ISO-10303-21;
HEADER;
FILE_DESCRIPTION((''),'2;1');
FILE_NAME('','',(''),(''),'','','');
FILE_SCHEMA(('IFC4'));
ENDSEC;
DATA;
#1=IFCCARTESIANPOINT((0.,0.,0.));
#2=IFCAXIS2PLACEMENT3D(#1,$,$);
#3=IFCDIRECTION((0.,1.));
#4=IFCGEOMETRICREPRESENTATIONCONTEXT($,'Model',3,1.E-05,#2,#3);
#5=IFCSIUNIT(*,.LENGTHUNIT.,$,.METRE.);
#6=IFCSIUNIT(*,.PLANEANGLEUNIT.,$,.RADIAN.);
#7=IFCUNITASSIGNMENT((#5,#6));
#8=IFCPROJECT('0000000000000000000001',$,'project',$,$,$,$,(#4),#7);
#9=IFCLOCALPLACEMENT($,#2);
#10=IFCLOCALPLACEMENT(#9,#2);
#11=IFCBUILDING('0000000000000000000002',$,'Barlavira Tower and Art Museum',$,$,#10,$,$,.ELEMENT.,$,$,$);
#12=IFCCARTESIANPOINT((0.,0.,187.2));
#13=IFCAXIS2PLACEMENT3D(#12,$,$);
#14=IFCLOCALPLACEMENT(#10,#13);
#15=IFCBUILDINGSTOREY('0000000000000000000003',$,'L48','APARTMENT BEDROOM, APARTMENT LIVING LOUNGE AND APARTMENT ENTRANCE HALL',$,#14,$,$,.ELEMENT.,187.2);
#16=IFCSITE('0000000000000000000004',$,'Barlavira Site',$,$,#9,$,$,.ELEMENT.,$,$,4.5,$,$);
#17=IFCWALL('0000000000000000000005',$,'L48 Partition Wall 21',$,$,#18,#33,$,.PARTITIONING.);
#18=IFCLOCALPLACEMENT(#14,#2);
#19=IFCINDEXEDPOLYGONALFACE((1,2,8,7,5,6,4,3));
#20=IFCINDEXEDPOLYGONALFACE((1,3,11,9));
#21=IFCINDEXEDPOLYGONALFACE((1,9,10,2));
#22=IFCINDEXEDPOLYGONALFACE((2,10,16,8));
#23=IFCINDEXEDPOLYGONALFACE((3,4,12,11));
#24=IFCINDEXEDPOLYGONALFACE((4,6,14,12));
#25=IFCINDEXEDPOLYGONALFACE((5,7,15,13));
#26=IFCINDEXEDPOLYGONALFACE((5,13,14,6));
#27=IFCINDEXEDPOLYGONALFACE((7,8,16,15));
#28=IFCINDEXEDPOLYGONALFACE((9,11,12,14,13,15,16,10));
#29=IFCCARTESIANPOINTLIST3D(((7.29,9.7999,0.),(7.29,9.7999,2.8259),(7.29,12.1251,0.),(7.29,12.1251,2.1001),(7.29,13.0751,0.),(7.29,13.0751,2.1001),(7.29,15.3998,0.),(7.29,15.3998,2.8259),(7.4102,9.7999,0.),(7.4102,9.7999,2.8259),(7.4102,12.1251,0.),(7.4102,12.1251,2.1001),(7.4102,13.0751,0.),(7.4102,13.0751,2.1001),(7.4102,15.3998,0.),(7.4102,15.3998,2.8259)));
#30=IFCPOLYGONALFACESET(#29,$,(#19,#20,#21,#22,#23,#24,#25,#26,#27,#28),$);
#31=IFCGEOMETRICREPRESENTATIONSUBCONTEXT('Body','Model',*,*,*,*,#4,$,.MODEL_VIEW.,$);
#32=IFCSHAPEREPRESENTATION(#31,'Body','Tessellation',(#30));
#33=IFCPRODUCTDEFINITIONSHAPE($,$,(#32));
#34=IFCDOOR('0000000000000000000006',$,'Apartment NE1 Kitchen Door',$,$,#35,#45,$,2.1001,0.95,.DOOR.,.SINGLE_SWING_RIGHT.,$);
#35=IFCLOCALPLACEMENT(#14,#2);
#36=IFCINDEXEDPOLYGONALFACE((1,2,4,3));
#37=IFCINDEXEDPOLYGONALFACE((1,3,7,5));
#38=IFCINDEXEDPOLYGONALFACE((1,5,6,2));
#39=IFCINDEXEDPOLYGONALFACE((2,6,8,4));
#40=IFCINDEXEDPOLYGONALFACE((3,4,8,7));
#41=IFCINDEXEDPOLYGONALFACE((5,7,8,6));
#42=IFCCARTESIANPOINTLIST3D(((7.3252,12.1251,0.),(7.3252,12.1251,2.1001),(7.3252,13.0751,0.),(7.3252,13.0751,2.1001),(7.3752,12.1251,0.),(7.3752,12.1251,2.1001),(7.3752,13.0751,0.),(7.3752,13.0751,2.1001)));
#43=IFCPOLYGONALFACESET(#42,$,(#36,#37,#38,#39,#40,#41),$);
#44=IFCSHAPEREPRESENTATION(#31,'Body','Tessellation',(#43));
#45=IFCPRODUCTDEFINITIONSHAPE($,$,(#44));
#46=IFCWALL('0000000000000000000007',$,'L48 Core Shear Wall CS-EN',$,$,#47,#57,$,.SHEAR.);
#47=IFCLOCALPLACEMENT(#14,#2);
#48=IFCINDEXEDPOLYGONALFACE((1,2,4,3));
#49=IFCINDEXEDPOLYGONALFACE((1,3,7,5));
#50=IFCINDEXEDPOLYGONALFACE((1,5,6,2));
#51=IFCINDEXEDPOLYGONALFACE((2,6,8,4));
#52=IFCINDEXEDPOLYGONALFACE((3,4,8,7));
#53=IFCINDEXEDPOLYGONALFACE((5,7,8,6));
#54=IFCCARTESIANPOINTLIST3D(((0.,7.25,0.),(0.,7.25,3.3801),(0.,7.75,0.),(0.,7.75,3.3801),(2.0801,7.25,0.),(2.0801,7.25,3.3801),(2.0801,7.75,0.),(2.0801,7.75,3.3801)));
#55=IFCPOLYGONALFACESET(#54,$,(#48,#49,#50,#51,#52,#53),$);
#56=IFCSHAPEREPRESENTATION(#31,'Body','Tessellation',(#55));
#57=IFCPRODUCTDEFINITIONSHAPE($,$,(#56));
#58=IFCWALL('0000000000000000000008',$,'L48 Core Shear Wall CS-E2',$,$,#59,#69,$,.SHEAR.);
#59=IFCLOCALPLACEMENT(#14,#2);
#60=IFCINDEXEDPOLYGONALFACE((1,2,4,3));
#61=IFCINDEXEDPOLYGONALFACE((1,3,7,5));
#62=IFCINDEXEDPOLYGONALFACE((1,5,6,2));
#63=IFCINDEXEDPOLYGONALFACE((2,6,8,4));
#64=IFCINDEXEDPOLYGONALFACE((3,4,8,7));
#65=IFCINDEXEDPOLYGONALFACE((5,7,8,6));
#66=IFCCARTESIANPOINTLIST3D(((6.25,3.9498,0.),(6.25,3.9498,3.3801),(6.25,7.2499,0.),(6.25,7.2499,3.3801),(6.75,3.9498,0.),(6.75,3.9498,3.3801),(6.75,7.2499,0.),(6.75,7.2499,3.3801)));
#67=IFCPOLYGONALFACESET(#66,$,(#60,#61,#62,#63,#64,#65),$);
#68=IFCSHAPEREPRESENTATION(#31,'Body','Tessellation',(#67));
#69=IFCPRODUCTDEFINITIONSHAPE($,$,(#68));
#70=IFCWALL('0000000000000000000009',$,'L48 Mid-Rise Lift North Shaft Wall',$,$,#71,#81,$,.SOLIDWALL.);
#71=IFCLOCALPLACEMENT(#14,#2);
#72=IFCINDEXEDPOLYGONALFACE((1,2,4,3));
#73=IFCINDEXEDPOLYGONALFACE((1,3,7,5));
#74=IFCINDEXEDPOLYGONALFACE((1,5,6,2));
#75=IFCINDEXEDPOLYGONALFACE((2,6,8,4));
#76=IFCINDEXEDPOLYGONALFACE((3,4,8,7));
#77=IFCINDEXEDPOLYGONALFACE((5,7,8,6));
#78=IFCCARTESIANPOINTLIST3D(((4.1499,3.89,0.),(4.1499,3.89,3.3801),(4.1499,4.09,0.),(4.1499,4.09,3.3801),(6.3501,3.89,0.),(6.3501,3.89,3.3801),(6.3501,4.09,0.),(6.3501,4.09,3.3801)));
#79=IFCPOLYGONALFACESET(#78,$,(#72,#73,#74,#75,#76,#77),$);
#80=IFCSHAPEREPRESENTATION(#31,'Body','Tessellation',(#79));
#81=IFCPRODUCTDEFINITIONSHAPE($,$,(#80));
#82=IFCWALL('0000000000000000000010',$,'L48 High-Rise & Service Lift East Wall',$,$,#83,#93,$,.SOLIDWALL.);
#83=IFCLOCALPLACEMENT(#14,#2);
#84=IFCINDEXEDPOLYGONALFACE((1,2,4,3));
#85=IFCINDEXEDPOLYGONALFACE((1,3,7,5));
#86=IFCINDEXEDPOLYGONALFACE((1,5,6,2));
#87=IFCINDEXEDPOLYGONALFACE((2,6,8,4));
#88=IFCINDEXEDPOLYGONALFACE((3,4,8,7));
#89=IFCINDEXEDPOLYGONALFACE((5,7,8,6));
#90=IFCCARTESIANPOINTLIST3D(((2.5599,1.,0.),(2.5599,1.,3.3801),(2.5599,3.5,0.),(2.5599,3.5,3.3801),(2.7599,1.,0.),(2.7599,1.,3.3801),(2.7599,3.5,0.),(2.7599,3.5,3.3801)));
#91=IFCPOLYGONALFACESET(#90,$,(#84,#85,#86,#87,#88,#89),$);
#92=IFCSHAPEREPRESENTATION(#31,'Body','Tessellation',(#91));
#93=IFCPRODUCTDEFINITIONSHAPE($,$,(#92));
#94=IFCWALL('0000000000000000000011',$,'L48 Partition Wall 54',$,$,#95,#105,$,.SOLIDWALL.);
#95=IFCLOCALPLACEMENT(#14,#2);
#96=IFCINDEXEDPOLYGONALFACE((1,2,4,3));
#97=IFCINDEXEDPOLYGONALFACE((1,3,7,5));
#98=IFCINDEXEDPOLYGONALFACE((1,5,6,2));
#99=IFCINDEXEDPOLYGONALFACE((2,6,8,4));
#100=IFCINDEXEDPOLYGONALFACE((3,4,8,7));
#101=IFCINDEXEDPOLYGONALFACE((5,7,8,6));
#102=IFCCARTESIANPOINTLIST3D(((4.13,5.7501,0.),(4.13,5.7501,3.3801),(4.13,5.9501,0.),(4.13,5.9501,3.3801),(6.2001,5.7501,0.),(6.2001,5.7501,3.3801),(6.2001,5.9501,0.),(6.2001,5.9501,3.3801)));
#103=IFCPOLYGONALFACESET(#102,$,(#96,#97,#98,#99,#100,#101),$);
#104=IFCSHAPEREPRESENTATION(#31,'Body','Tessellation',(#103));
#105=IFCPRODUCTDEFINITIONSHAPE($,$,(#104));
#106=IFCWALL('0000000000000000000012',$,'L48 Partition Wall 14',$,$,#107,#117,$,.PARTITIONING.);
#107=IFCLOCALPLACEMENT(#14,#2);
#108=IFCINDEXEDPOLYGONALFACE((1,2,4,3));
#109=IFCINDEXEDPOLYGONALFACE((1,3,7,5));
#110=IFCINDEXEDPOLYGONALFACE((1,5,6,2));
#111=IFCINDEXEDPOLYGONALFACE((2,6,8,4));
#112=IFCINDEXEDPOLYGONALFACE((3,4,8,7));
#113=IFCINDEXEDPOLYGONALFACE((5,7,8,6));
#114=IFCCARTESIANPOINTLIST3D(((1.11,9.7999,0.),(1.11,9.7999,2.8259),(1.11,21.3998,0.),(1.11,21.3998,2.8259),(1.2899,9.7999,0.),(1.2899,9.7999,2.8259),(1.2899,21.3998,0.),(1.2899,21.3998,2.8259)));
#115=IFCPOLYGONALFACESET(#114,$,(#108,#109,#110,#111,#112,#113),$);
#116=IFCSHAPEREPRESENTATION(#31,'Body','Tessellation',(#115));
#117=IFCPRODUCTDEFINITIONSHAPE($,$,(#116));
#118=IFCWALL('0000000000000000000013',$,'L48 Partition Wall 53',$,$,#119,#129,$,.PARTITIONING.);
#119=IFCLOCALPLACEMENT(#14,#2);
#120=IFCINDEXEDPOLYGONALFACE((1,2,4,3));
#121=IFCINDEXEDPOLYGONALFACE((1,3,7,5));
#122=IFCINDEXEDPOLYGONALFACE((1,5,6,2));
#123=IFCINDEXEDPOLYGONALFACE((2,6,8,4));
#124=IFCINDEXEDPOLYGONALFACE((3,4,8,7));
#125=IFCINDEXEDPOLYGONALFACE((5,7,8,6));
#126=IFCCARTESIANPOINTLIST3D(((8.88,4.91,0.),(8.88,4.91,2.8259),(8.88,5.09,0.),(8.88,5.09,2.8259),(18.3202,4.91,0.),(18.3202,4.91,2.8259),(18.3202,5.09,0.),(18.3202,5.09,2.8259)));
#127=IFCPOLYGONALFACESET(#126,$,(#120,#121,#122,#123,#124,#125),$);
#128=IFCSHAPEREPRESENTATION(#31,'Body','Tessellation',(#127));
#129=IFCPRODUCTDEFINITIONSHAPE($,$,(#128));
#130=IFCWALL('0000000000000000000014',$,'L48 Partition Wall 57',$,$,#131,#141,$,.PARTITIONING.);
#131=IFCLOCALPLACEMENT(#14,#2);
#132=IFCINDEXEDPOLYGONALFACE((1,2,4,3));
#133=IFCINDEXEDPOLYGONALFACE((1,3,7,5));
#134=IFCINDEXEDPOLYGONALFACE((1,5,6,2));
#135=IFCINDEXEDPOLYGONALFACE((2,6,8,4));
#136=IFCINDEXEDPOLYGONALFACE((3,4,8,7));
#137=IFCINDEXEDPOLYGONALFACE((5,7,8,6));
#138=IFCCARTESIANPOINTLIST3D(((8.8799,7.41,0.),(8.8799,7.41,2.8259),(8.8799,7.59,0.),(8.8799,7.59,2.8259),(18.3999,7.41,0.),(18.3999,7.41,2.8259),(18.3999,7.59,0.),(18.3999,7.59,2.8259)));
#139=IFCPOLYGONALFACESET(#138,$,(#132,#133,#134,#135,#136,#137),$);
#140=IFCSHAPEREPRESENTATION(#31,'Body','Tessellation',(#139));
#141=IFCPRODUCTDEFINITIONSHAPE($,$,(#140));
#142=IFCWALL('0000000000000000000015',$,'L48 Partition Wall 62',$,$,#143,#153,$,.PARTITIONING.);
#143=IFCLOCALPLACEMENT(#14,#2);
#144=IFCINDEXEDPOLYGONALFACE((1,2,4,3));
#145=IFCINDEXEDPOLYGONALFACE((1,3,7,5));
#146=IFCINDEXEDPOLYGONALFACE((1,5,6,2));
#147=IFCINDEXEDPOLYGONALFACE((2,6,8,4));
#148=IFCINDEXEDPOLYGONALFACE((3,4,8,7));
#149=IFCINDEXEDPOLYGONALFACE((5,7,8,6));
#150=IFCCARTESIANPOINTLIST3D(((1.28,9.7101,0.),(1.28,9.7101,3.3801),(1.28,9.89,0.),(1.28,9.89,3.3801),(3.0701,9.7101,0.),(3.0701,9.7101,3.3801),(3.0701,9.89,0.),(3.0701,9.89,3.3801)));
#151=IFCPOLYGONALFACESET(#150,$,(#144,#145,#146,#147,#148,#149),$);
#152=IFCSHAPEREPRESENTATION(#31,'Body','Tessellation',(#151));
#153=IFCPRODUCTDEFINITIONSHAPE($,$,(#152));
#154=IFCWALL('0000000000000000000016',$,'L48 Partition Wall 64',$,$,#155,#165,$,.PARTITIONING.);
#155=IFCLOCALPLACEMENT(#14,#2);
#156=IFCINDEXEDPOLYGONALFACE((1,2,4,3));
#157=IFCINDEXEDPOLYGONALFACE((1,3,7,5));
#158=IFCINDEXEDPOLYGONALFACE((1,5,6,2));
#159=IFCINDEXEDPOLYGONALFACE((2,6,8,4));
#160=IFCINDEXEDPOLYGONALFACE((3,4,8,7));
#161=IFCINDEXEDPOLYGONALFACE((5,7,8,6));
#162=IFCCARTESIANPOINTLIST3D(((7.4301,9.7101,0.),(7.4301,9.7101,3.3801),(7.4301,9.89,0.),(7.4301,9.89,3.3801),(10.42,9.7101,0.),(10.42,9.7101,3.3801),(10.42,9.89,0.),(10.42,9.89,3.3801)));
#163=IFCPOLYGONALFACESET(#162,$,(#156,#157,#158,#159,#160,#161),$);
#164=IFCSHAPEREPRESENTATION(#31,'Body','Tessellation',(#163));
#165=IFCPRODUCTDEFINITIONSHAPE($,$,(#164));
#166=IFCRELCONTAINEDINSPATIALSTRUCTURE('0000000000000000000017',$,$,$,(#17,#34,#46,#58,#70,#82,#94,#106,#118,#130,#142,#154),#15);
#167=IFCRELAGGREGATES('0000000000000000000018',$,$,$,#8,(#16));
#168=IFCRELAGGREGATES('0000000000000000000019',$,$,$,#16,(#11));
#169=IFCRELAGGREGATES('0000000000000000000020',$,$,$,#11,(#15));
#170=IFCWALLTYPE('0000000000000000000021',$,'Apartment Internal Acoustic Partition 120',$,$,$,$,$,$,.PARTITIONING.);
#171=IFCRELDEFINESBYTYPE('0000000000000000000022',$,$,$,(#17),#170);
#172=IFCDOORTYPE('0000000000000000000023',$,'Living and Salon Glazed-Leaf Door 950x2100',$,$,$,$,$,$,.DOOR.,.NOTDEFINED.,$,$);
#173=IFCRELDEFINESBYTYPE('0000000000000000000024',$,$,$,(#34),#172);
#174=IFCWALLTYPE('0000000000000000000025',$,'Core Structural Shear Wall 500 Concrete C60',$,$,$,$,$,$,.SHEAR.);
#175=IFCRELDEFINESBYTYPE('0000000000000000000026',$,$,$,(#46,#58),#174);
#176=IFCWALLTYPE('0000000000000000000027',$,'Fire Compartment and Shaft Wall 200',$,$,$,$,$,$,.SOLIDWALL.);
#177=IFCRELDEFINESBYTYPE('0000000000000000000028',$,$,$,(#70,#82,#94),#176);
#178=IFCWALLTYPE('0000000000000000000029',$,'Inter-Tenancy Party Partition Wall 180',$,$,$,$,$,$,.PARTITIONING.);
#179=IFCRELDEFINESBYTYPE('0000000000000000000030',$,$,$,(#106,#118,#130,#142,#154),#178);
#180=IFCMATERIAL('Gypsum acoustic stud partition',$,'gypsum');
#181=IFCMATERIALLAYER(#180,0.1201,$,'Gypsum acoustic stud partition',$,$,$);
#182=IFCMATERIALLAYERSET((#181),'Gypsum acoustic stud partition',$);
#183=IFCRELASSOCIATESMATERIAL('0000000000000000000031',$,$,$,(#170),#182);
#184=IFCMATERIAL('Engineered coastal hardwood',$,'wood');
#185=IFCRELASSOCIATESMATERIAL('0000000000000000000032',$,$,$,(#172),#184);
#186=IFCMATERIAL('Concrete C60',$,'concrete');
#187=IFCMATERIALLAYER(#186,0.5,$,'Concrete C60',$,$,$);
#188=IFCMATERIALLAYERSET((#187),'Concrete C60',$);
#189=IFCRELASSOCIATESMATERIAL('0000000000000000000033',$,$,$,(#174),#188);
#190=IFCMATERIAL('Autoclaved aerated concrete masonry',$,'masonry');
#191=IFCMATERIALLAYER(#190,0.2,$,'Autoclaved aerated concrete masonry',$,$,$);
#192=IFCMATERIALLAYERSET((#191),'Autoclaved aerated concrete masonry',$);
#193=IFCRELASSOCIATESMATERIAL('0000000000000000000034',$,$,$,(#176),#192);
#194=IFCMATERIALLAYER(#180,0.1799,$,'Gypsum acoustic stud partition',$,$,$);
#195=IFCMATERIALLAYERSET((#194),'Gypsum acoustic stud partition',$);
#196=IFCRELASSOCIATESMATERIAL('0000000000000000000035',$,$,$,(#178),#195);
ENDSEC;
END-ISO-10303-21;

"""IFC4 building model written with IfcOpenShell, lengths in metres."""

from ifc_helpers import new_model, si_unit, direction, frame, frame_2d, origin, place, context, subcontext, project, spatial, rectangle, extrude, material, layer, layer_set, type_object, element, fill, save


model = new_model("IFC4")

# Units and contexts
model_context = context("Model", 3, precision=1e-05, world=origin(), true_north=direction((0.0, 1.0)))
body_context = subcontext(model_context, "Body", "Model", "MODEL_VIEW")
ifc_project = project(units=[si_unit("LENGTHUNIT", "METRE"), si_unit("PLANEANGLEUNIT", "RADIAN")], contexts=[model_context])

# Site, building, storey
site_placement = place(None, origin())
site = spatial("IfcSite", under=ifc_project, at=site_placement, Name="Barlavira Site", CompositionType="ELEMENT", RefElevation=4.5)
building_placement = place(site_placement, origin())
building = spatial("IfcBuilding", under=site, at=building_placement, Name="Barlavira Tower and Art Museum", CompositionType="ELEMENT")
storey_placement = place(building_placement, frame((0.0, 0.0, 187.2)))
storey = spatial("IfcBuildingStorey", under=building, at=storey_placement, Name="L48", Description="APARTMENT BEDROOM, APARTMENT LIVING LOUNGE AND APARTMENT ENTRANCE HALL", CompositionType="ELEMENT", Elevation=187.2)

# Wall, opening, door
ifc_material_1 = material(Name="Gypsum acoustic stud partition", Category="gypsum")
ifc_layer_1 = layer(ifc_material_1, 0.1201, Name="Gypsum acoustic stud partition")
ifc_layer_set_1 = layer_set([ifc_layer_1], Name="Gypsum acoustic stud partition")
wall_type_1 = type_object("IfcWallType", Name="Apartment Internal Acoustic Partition 120", PredefinedType="PARTITIONING", material=ifc_layer_set_1)
wall_1_placement = place(storey_placement, frame((7.3501, 9.8, 0.0), z_axis=(0.0, 0.0, 1.0), x_axis=(0.0, 1.0, 0.0)))
wall_1 = element("IfcWall", 1, at=wall_1_placement, inside=storey, type_object=wall_type_1, Name="L48 Partition Wall 21", PredefinedType="PARTITIONING", context=body_context, shape_type="SweptSolid", body=[
    extrude(rectangle(XDim=5.5999, YDim=0.1201, at=frame_2d((2.7998, 0.0))), origin(), (0.0, 0.0, 1.0), 2.8259),
])
opening_1_placement = place(wall_1_placement, frame((2.325, 0.0, 0.0)))
opening_1 = element("IfcOpeningElement", 2, at=opening_1_placement, cuts=wall_1, PredefinedType="OPENING", context=body_context, shape_type="SweptSolid", body=[
    extrude(rectangle(XDim=0.95, YDim=2.1001, at=frame_2d((0.4751, 1.05))), frame((0.0, 0.0701, 0.0), z_axis=(0.0, -1.0, 0.0), x_axis=(1.0, 0.0, 0.0)), (0.0, 0.0, 1.0), 0.1401),
])
ifc_material_2 = material(Name="Engineered coastal hardwood", Category="wood")
door_type_1 = type_object("IfcDoorType", Name="Living and Salon Glazed-Leaf Door 950x2100", OperationType="NOTDEFINED", PredefinedType="DOOR", material=ifc_material_2)
door_1_placement = place(opening_1_placement, origin())
door_1 = element("IfcDoor", 3, at=door_1_placement, inside=storey, type_object=door_type_1, Name="Apartment NE1 Kitchen Door", OperationType="SINGLE_SWING_RIGHT", OverallHeight=2.1001, OverallWidth=0.95, PredefinedType="DOOR", context=body_context, shape_type="SweptSolid", body=[
    extrude(rectangle(XDim=0.95, YDim=2.1001, at=frame_2d((0.4751, 1.05))), frame((0.0, 0.0249, 0.0), z_axis=(0.0, -1.0, 0.0), x_axis=(1.0, 0.0, 0.0)), (0.0, 0.0, 1.0), 0.05),
])
fill(opening_1, door_1)

# Walls
ifc_material_3 = material(Name="Concrete C60", Category="concrete")
ifc_layer_2 = layer(ifc_material_3, 0.5, Name="Concrete C60")
ifc_layer_set_2 = layer_set([ifc_layer_2], Name="Concrete C60")
wall_type_2 = type_object("IfcWallType", Name="Core Structural Shear Wall 500 Concrete C60", PredefinedType="SHEAR", material=ifc_layer_set_2)
wall_2_placement = place(storey_placement, frame((0.0, 7.5, 0.0), z_axis=(0.0, 0.0, 1.0), x_axis=(1.0, 0.0, 0.0)))
element("IfcWall", 4, at=wall_2_placement, inside=storey, type_object=wall_type_2, Name="L48 Core Shear Wall CS-EN", PredefinedType="SHEAR", context=body_context, shape_type="SweptSolid", body=[
    extrude(rectangle(XDim=2.0801, YDim=0.5, at=frame_2d((1.04, 0.0))), origin(), (0.0, 0.0, 1.0), 3.3801),
])
wall_3_placement = place(storey_placement, frame((6.5, 3.95, 0.0), z_axis=(0.0, 0.0, 1.0), x_axis=(0.0, 1.0, 0.0)))
element("IfcWall", 5, at=wall_3_placement, inside=storey, type_object=wall_type_2, Name="L48 Core Shear Wall CS-E2", PredefinedType="SHEAR", context=body_context, shape_type="SweptSolid", body=[
    extrude(rectangle(XDim=3.3, YDim=0.5, at=frame_2d((1.6499, 0.0))), origin(), (0.0, 0.0, 1.0), 3.3801),
])
ifc_material_4 = material(Name="Autoclaved aerated concrete masonry", Category="masonry")
ifc_layer_3 = layer(ifc_material_4, 0.2, Name="Autoclaved aerated concrete masonry")
ifc_layer_set_3 = layer_set([ifc_layer_3], Name="Autoclaved aerated concrete masonry")
wall_type_3 = type_object("IfcWallType", Name="Fire Compartment and Shaft Wall 200", PredefinedType="SOLIDWALL", material=ifc_layer_set_3)
wall_4_placement = place(storey_placement, frame((4.1499, 3.99, 0.0), z_axis=(0.0, 0.0, 1.0), x_axis=(1.0, 0.0, 0.0)))
element("IfcWall", 6, at=wall_4_placement, inside=storey, type_object=wall_type_3, Name="L48 Mid-Rise Lift North Shaft Wall", PredefinedType="SOLIDWALL", context=body_context, shape_type="SweptSolid", body=[
    extrude(rectangle(XDim=2.2002, YDim=0.2, at=frame_2d((1.1001, 0.0))), origin(), (0.0, 0.0, 1.0), 3.3801),
])
wall_5_placement = place(storey_placement, frame((2.6599, 1.0, 0.0), z_axis=(0.0, 0.0, 1.0), x_axis=(0.0, 1.0, 0.0)))
element("IfcWall", 7, at=wall_5_placement, inside=storey, type_object=wall_type_3, Name="L48 High-Rise & Service Lift East Wall", PredefinedType="SOLIDWALL", context=body_context, shape_type="SweptSolid", body=[
    extrude(rectangle(XDim=2.5, YDim=0.2, at=frame_2d((1.25, 0.0))), origin(), (0.0, 0.0, 1.0), 3.3801),
])

# Walls
wall_6_placement = place(storey_placement, frame((4.1299, 5.8501, 0.0), z_axis=(0.0, 0.0, 1.0), x_axis=(1.0, 0.0, 0.0)))
element("IfcWall", 8, at=wall_6_placement, inside=storey, type_object=wall_type_3, Name="L48 Partition Wall 54", PredefinedType="SOLIDWALL", context=body_context, shape_type="SweptSolid", body=[
    extrude(rectangle(XDim=2.0701, YDim=0.2, at=frame_2d((1.0352, 0.0))), origin(), (0.0, 0.0, 1.0), 3.3801),
])
ifc_layer_4 = layer(ifc_material_1, 0.1799, Name="Gypsum acoustic stud partition")
ifc_layer_set_4 = layer_set([ifc_layer_4], Name="Gypsum acoustic stud partition")
wall_type_4 = type_object("IfcWallType", Name="Inter-Tenancy Party Partition Wall 180", PredefinedType="PARTITIONING", material=ifc_layer_set_4)
wall_7_placement = place(storey_placement, frame((1.2, 9.8, 0.0), z_axis=(0.0, 0.0, 1.0), x_axis=(0.0, 1.0, 0.0)))
element("IfcWall", 9, at=wall_7_placement, inside=storey, type_object=wall_type_4, Name="L48 Partition Wall 14", PredefinedType="PARTITIONING", context=body_context, shape_type="SweptSolid", body=[
    extrude(rectangle(XDim=11.5999, YDim=0.1799, at=frame_2d((5.7998, 0.0))), origin(), (0.0, 0.0, 1.0), 2.8259),
])
wall_8_placement = place(storey_placement, frame((8.8799, 5.0, 0.0), z_axis=(0.0, 0.0, 1.0), x_axis=(1.0, 0.0, 0.0)))
element("IfcWall", 10, at=wall_8_placement, inside=storey, type_object=wall_type_4, Name="L48 Partition Wall 53", PredefinedType="PARTITIONING", context=body_context, shape_type="SweptSolid", body=[
    extrude(rectangle(XDim=9.4402, YDim=0.1799, at=frame_2d((4.7202, 0.0))), origin(), (0.0, 0.0, 1.0), 2.8259),
])
wall_9_placement = place(storey_placement, frame((8.8799, 7.5, 0.0), z_axis=(0.0, 0.0, 1.0), x_axis=(1.0, 0.0, 0.0)))
element("IfcWall", 11, at=wall_9_placement, inside=storey, type_object=wall_type_4, Name="L48 Partition Wall 57", PredefinedType="PARTITIONING", context=body_context, shape_type="SweptSolid", body=[
    extrude(rectangle(XDim=9.52, YDim=0.1799, at=frame_2d((4.76, 0.0))), origin(), (0.0, 0.0, 1.0), 2.8259),
])
wall_10_placement = place(storey_placement, frame((1.28, 9.8, 0.0), z_axis=(0.0, 0.0, 1.0), x_axis=(1.0, 0.0, 0.0)))
element("IfcWall", 12, at=wall_10_placement, inside=storey, type_object=wall_type_4, Name="L48 Partition Wall 62", PredefinedType="PARTITIONING", context=body_context, shape_type="SweptSolid", body=[
    extrude(rectangle(XDim=1.79, YDim=0.1799, at=frame_2d((0.895, 0.0))), origin(), (0.0, 0.0, 1.0), 3.3801),
])

# Wall
wall_11_placement = place(storey_placement, frame((7.4299, 9.8, 0.0), z_axis=(0.0, 0.0, 1.0), x_axis=(1.0, 0.0, 0.0)))
element("IfcWall", 13, at=wall_11_placement, inside=storey, type_object=wall_type_4, Name="L48 Partition Wall 64", PredefinedType="PARTITIONING", context=body_context, shape_type="SweptSolid", body=[
    extrude(rectangle(XDim=2.99, YDim=0.1799, at=frame_2d((1.4951, 0.0))), origin(), (0.0, 0.0, 1.0), 3.3801),
])

save(model, "model.ifc")
